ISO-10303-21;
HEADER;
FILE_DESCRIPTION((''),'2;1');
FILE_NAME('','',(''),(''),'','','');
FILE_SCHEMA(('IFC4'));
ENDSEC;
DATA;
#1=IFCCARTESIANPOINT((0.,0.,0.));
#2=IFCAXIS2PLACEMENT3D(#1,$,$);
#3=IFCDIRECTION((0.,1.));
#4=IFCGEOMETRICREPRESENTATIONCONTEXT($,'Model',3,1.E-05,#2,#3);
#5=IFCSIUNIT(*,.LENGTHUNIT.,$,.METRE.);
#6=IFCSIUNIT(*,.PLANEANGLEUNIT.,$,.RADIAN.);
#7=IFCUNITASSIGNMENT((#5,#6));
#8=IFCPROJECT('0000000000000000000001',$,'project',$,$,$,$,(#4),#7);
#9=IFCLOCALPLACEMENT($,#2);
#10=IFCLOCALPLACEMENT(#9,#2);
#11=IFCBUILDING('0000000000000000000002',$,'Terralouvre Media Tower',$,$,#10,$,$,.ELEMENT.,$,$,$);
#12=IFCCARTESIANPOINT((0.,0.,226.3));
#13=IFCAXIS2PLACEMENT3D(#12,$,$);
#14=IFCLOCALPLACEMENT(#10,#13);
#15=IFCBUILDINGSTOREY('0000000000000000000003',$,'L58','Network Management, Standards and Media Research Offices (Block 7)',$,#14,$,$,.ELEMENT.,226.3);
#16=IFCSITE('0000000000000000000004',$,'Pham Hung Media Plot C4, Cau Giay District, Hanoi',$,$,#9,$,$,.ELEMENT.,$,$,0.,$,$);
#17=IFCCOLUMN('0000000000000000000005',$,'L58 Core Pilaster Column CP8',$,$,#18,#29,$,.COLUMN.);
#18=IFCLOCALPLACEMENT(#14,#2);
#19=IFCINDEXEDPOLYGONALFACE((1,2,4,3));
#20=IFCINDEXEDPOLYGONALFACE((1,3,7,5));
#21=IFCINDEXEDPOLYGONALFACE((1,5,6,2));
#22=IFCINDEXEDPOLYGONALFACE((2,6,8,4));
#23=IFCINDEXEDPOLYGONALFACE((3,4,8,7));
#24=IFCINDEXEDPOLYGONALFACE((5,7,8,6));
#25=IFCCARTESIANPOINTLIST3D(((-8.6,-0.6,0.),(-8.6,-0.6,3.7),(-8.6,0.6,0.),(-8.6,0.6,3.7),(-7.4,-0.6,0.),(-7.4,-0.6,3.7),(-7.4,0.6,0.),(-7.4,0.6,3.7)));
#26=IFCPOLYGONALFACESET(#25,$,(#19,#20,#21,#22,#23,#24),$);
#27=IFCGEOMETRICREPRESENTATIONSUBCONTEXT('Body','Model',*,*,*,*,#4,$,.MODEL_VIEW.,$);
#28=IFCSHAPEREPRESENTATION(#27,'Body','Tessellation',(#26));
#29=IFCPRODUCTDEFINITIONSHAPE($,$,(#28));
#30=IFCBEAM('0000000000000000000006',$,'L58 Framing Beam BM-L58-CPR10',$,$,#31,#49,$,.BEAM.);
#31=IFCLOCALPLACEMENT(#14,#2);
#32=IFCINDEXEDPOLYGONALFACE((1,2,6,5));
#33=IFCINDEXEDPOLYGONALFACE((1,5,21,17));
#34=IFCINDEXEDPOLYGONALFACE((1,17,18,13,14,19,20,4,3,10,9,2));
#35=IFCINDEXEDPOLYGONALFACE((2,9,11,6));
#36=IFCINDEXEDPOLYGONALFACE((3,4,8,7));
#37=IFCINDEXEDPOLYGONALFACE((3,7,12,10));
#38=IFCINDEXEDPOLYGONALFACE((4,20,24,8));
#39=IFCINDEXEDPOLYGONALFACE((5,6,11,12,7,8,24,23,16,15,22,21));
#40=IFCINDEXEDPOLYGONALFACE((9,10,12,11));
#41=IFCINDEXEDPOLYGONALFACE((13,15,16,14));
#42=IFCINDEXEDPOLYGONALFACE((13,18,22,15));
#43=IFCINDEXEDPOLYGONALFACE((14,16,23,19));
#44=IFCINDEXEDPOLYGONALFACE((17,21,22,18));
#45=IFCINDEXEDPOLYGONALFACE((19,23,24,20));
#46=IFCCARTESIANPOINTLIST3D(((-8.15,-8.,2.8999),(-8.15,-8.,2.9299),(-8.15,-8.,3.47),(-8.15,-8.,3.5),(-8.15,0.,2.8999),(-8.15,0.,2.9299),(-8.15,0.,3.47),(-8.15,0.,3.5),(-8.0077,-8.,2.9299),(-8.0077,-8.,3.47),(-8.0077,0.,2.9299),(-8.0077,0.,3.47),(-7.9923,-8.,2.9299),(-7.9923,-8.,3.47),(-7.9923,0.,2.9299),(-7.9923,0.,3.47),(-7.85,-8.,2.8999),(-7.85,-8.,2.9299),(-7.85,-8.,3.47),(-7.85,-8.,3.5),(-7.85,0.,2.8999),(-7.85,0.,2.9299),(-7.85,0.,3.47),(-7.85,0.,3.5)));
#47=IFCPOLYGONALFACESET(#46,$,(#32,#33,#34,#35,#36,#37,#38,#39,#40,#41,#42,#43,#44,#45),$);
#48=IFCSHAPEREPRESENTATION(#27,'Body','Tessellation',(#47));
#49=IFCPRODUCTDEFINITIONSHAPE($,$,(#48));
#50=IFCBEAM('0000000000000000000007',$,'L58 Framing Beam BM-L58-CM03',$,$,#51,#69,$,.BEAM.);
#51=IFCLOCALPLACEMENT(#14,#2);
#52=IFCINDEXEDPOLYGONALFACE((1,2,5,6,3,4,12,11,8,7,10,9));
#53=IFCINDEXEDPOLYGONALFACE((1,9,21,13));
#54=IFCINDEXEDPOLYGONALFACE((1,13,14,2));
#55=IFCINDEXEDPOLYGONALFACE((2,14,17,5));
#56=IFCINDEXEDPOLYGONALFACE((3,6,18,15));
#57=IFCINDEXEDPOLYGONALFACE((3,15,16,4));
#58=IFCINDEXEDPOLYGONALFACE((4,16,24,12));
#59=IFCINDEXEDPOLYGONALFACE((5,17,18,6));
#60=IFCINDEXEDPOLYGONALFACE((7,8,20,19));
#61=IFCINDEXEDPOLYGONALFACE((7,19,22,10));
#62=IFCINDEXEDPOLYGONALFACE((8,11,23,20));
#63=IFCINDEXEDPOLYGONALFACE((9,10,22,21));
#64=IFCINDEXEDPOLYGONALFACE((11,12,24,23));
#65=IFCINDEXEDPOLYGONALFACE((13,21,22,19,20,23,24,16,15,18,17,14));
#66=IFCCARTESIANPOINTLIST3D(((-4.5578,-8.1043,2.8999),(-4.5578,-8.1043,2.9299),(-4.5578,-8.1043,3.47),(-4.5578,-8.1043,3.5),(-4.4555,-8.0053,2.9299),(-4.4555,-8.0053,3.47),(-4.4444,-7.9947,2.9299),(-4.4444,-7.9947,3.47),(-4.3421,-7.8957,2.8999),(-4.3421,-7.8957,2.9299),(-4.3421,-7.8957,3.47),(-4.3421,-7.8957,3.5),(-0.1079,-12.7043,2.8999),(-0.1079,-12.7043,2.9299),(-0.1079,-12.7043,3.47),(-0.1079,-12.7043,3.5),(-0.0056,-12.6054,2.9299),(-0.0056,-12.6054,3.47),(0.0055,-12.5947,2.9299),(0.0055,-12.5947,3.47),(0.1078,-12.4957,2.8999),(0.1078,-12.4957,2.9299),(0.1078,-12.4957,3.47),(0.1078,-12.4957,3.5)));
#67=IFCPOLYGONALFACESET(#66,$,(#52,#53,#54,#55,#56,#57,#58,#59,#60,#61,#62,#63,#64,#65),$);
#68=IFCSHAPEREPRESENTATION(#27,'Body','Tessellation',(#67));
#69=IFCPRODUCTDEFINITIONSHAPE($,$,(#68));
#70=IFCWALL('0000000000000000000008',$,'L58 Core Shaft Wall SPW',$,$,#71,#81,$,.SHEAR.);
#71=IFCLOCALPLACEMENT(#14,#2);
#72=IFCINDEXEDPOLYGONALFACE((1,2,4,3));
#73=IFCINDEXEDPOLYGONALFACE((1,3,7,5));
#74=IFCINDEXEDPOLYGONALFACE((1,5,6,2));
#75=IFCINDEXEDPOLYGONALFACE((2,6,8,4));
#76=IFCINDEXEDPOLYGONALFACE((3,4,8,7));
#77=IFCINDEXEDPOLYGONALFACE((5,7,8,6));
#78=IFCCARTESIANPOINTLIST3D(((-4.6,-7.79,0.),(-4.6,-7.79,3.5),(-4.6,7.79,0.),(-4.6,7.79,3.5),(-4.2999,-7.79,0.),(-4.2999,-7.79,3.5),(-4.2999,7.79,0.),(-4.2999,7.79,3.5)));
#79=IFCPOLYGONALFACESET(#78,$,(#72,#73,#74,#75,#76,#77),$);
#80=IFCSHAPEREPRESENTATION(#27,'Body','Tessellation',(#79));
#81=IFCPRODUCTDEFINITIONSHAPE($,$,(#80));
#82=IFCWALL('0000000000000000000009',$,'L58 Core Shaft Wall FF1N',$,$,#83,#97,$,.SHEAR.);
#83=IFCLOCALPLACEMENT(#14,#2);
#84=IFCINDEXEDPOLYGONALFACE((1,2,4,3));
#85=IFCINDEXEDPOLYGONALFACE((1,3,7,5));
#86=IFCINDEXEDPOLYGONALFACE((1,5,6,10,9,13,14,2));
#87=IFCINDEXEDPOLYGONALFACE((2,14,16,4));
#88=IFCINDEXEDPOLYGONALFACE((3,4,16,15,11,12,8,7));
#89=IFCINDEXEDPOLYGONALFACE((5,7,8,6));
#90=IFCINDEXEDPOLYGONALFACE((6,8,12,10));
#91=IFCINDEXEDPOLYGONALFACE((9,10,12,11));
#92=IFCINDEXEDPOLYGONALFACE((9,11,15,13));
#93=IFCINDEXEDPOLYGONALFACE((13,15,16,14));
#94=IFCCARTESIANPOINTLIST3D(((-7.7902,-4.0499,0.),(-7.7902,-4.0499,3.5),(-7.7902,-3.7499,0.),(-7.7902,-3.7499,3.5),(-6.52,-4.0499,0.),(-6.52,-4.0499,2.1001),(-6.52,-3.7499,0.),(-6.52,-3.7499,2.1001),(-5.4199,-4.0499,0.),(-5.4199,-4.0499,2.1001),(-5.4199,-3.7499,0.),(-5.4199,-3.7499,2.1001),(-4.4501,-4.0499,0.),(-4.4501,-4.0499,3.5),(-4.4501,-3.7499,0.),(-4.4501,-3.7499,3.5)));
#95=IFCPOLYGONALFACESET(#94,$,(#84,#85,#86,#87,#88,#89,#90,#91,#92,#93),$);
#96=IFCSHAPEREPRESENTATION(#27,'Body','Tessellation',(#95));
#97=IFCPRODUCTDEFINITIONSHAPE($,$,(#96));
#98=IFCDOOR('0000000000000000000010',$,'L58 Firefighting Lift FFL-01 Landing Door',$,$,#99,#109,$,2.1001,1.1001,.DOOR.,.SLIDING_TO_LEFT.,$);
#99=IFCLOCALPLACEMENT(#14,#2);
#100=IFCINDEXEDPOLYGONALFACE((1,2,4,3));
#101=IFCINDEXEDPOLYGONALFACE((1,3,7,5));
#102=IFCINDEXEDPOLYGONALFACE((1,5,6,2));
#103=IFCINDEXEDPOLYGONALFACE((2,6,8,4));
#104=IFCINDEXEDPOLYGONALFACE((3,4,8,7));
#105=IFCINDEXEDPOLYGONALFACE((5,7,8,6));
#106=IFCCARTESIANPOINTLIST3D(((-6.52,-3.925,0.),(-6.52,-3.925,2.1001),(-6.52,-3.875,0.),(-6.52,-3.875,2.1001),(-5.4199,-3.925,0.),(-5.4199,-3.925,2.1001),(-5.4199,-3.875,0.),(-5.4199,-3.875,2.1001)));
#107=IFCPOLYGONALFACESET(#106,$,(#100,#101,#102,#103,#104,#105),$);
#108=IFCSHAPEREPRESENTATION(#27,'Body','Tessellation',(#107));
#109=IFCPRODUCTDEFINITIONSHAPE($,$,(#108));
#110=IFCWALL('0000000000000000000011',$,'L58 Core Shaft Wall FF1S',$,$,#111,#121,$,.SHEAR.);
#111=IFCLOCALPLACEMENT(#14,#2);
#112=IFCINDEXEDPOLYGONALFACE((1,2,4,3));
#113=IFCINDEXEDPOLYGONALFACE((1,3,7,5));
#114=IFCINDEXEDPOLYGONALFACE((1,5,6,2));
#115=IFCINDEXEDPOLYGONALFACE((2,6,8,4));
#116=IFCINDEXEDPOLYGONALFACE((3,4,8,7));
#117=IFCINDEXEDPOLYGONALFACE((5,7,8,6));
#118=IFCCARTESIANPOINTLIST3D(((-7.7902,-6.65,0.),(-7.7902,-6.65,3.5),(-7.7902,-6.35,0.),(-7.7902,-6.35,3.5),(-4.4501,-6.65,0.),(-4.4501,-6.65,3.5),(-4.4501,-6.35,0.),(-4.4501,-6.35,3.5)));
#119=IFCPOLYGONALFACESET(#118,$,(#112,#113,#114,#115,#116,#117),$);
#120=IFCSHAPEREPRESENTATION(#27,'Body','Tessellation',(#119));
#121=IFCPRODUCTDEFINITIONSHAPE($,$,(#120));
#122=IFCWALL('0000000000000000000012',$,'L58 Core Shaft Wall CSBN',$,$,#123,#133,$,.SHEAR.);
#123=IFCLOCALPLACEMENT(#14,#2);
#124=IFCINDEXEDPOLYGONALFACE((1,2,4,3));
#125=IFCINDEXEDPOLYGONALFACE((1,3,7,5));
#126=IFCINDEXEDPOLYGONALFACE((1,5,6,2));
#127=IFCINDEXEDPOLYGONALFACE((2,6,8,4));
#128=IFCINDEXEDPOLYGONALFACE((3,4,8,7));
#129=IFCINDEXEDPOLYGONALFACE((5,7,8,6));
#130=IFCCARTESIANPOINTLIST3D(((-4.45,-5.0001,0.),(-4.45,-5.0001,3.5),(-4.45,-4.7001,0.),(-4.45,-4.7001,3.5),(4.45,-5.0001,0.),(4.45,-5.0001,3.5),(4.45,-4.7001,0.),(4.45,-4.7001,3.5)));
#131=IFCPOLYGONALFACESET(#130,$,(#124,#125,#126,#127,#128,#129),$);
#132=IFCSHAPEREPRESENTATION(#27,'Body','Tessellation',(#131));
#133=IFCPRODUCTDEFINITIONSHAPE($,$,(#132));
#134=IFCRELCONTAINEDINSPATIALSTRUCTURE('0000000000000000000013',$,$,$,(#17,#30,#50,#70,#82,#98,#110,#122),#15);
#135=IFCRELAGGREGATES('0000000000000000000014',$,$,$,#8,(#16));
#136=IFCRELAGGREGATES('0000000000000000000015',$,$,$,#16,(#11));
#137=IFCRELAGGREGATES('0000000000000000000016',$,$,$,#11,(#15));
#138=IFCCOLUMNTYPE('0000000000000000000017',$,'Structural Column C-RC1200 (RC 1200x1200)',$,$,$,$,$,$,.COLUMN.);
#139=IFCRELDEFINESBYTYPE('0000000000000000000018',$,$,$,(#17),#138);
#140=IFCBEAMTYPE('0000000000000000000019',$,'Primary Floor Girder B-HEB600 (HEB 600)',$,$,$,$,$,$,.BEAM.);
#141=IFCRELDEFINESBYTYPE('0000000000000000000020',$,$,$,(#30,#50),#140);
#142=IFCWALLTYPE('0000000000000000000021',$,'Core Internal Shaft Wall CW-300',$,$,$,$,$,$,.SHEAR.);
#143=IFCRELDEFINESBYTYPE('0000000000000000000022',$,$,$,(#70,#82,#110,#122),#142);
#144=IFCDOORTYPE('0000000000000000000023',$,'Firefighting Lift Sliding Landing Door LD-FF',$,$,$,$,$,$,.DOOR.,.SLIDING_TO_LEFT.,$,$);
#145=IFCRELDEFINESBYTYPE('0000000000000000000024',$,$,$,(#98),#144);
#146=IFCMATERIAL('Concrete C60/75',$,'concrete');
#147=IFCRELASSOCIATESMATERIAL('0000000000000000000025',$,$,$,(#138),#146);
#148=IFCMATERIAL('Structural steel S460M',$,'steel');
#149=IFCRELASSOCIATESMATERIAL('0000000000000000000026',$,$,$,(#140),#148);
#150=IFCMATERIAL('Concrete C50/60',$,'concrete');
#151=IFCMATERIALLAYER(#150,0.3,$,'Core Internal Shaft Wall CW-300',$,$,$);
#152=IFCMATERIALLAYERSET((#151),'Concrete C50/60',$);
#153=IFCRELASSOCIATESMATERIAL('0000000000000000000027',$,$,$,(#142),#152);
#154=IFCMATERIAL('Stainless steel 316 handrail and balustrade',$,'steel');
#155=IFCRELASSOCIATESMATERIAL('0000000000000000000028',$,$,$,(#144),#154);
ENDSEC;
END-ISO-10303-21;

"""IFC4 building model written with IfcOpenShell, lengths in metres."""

from ifc_helpers import new_model, si_unit, direction, frame, frame_2d, origin, origin_2d, place, context, subcontext, project, spatial, rectangle, i_section, extrude, material, layer, layer_set, material_profile, profile_set, type_object, element, fill, save


model = new_model("IFC4")

# Units and contexts
model_context = context("Model", 3, precision=1e-05, world=origin(), true_north=direction((0.0, 1.0)))
body_context = subcontext(model_context, "Body", "Model", "MODEL_VIEW")
ifc_project = project(units=[si_unit("LENGTHUNIT", "METRE"), si_unit("PLANEANGLEUNIT", "RADIAN")], contexts=[model_context])

# Site, building, storey
site_placement = place(None, origin())
site = spatial("IfcSite", under=ifc_project, at=site_placement, Name="Pham Hung Media Plot C4, Cau Giay District, Hanoi", CompositionType="ELEMENT", RefElevation=0.0)
building_placement = place(site_placement, origin())
building = spatial("IfcBuilding", under=site, at=building_placement, Name="Terralouvre Media Tower", CompositionType="ELEMENT")
storey_placement = place(building_placement, frame((0.0, 0.0, 226.3)))
storey = spatial("IfcBuildingStorey", under=building, at=storey_placement, Name="L58", Description="Network Management, Standards and Media Research Offices (Block 7)", CompositionType="ELEMENT", Elevation=226.3)

# Column
ifc_material_1 = material(Name="Concrete C60/75", Category="concrete")
ifc_material_profile_1 = material_profile(ifc_material_1, rectangle(XDim=1.2, YDim=1.2, at=origin_2d()), Name="RC 1200x1200")
ifc_profile_set_1 = profile_set([ifc_material_profile_1], Name="Concrete C60/75")
column_type = type_object("IfcColumnType", Name="Structural Column C-RC1200 (RC 1200x1200)", PredefinedType="COLUMN", material=ifc_profile_set_1)
column_placement = place(storey_placement, frame((-8.0, 0.0, 0.0), z_axis=(0.0, 0.0, 1.0), x_axis=(1.0, 0.0, 0.0)))
element("IfcColumn", 1, at=column_placement, inside=storey, type_object=column_type, Name="L58 Core Pilaster Column CP8", PredefinedType="COLUMN", context=body_context, shape_type="SweptSolid", body=[
    extrude(rectangle(XDim=1.2, YDim=1.2, at=origin_2d()), origin(), (0.0, 0.0, 1.0), 3.7),
])

# Beams
ifc_material_2 = material(Name="Structural steel S460M", Category="steel")
ifc_material_profile_2 = material_profile(ifc_material_2, i_section(OverallWidth=0.3, OverallDepth=0.6001, WebThickness=0.0154, FlangeThickness=0.03, at=origin_2d()), Name="HEB 600")
ifc_profile_set_2 = profile_set([ifc_material_profile_2], Name="Structural steel S460M")
beam_type = type_object("IfcBeamType", Name="Primary Floor Girder B-HEB600 (HEB 600)", PredefinedType="BEAM", material=ifc_profile_set_2)
beam_1_placement = place(storey_placement, frame((-8.0, 0.0, 3.2), z_axis=(0.0, -1.0, 0.0), x_axis=(1.0, 0.0, 0.0)))
element("IfcBeam", 2, at=beam_1_placement, inside=storey, type_object=beam_type, Name="L58 Framing Beam BM-L58-CPR10", PredefinedType="BEAM", context=body_context, shape_type="SweptSolid", body=[
    extrude(i_section(OverallWidth=0.3, OverallDepth=0.6001, WebThickness=0.0154, FlangeThickness=0.03, at=origin_2d()), origin(), (0.0, 0.0, 1.0), 8.0),
])
beam_2_placement = place(storey_placement, frame((-4.45, -8.0, 3.2), z_axis=(0.69528, -0.718739, 0.0), x_axis=(0.718739, 0.69528, 0.0)))
element("IfcBeam", 3, at=beam_2_placement, inside=storey, type_object=beam_type, Name="L58 Framing Beam BM-L58-CM03", PredefinedType="BEAM", context=body_context, shape_type="SweptSolid", body=[
    extrude(i_section(OverallWidth=0.3, OverallDepth=0.6001, WebThickness=0.0154, FlangeThickness=0.03, at=origin_2d()), origin(), (0.0, 0.0, 1.0), 6.4001),
])

# Wall
ifc_material_3 = material(Name="Concrete C50/60", Category="concrete")
ifc_layer_1 = layer(ifc_material_3, 0.3, Name="Core Internal Shaft Wall CW-300")
ifc_layer_set_1 = layer_set([ifc_layer_1], Name="Concrete C50/60")
wall_type_1 = type_object("IfcWallType", Name="Core Internal Shaft Wall CW-300", PredefinedType="SHEAR", material=ifc_layer_set_1)
wall_1_placement = place(storey_placement, frame((-4.45, -7.79, 0.0), z_axis=(0.0, 0.0, 1.0), x_axis=(0.0, 1.0, 0.0)))
element("IfcWall", 4, at=wall_1_placement, inside=storey, type_object=wall_type_1, Name="L58 Core Shaft Wall SPW", PredefinedType="SHEAR", context=body_context, shape_type="SweptSolid", body=[
    extrude(rectangle(XDim=15.5801, YDim=0.3, at=frame_2d((7.79, 0.0))), origin(), (0.0, 0.0, 1.0), 3.5),
])

# Wall, opening, door
wall_2_placement = place(storey_placement, frame((-7.79, -3.8999, 0.0), z_axis=(0.0, 0.0, 1.0), x_axis=(1.0, 0.0, 0.0)))
wall_2 = element("IfcWall", 5, at=wall_2_placement, inside=storey, type_object=wall_type_1, Name="L58 Core Shaft Wall FF1N", PredefinedType="SHEAR", context=body_context, shape_type="SweptSolid", body=[
    extrude(rectangle(XDim=3.3401, YDim=0.3, at=frame_2d((1.6699, 0.0))), origin(), (0.0, 0.0, 1.0), 3.5),
])
opening_1_placement = place(wall_2_placement, frame((1.27, 0.0, 0.0)))
opening_1 = element("IfcOpeningElement", 6, at=opening_1_placement, cuts=wall_2, PredefinedType="OPENING", context=body_context, shape_type="SweptSolid", body=[
    extrude(rectangle(XDim=1.1001, YDim=2.1001, at=frame_2d((0.55, 1.05))), frame((0.0, 0.1599, 0.0), z_axis=(0.0, -1.0, 0.0), x_axis=(1.0, 0.0, 0.0)), (0.0, 0.0, 1.0), 0.3201),
])
ifc_material_4 = material(Name="Stainless steel 316 handrail and balustrade", Category="steel")
door_type_1 = type_object("IfcDoorType", Name="Firefighting Lift Sliding Landing Door LD-FF", OperationType="SLIDING_TO_LEFT", PredefinedType="DOOR", material=ifc_material_4)
door_1_placement = place(opening_1_placement, origin())
door_1 = element("IfcDoor", 7, at=door_1_placement, inside=storey, type_object=door_type_1, Name="L58 Firefighting Lift FFL-01 Landing Door", OperationType="SLIDING_TO_LEFT", OverallHeight=2.1001, OverallWidth=1.1001, PredefinedType="DOOR", context=body_context, shape_type="SweptSolid", body=[
    extrude(rectangle(XDim=1.1001, YDim=2.1001, at=frame_2d((0.55, 1.05))), frame((0.0, 0.0249, 0.0), z_axis=(0.0, -1.0, 0.0), x_axis=(1.0, 0.0, 0.0)), (0.0, 0.0, 1.0), 0.05),
])
fill(opening_1, door_1)

# Walls
wall_3_placement = place(storey_placement, frame((-7.79, -6.5, 0.0), z_axis=(0.0, 0.0, 1.0), x_axis=(1.0, 0.0, 0.0)))
element("IfcWall", 8, at=wall_3_placement, inside=storey, type_object=wall_type_1, Name="L58 Core Shaft Wall FF1S", PredefinedType="SHEAR", context=body_context, shape_type="SweptSolid", body=[
    extrude(rectangle(XDim=3.3401, YDim=0.3, at=frame_2d((1.6699, 0.0))), origin(), (0.0, 0.0, 1.0), 3.5),
])
wall_4_placement = place(storey_placement, frame((-4.45, -4.8501, 0.0), z_axis=(0.0, 0.0, 1.0), x_axis=(1.0, 0.0, 0.0)))
element("IfcWall", 9, at=wall_4_placement, inside=storey, type_object=wall_type_1, Name="L58 Core Shaft Wall CSBN", PredefinedType="SHEAR", context=body_context, shape_type="SweptSolid", body=[
    extrude(rectangle(XDim=8.8999, YDim=0.3, at=frame_2d((4.45, 0.0))), origin(), (0.0, 0.0, 1.0), 3.5),
])

save(model, "model.ifc")
